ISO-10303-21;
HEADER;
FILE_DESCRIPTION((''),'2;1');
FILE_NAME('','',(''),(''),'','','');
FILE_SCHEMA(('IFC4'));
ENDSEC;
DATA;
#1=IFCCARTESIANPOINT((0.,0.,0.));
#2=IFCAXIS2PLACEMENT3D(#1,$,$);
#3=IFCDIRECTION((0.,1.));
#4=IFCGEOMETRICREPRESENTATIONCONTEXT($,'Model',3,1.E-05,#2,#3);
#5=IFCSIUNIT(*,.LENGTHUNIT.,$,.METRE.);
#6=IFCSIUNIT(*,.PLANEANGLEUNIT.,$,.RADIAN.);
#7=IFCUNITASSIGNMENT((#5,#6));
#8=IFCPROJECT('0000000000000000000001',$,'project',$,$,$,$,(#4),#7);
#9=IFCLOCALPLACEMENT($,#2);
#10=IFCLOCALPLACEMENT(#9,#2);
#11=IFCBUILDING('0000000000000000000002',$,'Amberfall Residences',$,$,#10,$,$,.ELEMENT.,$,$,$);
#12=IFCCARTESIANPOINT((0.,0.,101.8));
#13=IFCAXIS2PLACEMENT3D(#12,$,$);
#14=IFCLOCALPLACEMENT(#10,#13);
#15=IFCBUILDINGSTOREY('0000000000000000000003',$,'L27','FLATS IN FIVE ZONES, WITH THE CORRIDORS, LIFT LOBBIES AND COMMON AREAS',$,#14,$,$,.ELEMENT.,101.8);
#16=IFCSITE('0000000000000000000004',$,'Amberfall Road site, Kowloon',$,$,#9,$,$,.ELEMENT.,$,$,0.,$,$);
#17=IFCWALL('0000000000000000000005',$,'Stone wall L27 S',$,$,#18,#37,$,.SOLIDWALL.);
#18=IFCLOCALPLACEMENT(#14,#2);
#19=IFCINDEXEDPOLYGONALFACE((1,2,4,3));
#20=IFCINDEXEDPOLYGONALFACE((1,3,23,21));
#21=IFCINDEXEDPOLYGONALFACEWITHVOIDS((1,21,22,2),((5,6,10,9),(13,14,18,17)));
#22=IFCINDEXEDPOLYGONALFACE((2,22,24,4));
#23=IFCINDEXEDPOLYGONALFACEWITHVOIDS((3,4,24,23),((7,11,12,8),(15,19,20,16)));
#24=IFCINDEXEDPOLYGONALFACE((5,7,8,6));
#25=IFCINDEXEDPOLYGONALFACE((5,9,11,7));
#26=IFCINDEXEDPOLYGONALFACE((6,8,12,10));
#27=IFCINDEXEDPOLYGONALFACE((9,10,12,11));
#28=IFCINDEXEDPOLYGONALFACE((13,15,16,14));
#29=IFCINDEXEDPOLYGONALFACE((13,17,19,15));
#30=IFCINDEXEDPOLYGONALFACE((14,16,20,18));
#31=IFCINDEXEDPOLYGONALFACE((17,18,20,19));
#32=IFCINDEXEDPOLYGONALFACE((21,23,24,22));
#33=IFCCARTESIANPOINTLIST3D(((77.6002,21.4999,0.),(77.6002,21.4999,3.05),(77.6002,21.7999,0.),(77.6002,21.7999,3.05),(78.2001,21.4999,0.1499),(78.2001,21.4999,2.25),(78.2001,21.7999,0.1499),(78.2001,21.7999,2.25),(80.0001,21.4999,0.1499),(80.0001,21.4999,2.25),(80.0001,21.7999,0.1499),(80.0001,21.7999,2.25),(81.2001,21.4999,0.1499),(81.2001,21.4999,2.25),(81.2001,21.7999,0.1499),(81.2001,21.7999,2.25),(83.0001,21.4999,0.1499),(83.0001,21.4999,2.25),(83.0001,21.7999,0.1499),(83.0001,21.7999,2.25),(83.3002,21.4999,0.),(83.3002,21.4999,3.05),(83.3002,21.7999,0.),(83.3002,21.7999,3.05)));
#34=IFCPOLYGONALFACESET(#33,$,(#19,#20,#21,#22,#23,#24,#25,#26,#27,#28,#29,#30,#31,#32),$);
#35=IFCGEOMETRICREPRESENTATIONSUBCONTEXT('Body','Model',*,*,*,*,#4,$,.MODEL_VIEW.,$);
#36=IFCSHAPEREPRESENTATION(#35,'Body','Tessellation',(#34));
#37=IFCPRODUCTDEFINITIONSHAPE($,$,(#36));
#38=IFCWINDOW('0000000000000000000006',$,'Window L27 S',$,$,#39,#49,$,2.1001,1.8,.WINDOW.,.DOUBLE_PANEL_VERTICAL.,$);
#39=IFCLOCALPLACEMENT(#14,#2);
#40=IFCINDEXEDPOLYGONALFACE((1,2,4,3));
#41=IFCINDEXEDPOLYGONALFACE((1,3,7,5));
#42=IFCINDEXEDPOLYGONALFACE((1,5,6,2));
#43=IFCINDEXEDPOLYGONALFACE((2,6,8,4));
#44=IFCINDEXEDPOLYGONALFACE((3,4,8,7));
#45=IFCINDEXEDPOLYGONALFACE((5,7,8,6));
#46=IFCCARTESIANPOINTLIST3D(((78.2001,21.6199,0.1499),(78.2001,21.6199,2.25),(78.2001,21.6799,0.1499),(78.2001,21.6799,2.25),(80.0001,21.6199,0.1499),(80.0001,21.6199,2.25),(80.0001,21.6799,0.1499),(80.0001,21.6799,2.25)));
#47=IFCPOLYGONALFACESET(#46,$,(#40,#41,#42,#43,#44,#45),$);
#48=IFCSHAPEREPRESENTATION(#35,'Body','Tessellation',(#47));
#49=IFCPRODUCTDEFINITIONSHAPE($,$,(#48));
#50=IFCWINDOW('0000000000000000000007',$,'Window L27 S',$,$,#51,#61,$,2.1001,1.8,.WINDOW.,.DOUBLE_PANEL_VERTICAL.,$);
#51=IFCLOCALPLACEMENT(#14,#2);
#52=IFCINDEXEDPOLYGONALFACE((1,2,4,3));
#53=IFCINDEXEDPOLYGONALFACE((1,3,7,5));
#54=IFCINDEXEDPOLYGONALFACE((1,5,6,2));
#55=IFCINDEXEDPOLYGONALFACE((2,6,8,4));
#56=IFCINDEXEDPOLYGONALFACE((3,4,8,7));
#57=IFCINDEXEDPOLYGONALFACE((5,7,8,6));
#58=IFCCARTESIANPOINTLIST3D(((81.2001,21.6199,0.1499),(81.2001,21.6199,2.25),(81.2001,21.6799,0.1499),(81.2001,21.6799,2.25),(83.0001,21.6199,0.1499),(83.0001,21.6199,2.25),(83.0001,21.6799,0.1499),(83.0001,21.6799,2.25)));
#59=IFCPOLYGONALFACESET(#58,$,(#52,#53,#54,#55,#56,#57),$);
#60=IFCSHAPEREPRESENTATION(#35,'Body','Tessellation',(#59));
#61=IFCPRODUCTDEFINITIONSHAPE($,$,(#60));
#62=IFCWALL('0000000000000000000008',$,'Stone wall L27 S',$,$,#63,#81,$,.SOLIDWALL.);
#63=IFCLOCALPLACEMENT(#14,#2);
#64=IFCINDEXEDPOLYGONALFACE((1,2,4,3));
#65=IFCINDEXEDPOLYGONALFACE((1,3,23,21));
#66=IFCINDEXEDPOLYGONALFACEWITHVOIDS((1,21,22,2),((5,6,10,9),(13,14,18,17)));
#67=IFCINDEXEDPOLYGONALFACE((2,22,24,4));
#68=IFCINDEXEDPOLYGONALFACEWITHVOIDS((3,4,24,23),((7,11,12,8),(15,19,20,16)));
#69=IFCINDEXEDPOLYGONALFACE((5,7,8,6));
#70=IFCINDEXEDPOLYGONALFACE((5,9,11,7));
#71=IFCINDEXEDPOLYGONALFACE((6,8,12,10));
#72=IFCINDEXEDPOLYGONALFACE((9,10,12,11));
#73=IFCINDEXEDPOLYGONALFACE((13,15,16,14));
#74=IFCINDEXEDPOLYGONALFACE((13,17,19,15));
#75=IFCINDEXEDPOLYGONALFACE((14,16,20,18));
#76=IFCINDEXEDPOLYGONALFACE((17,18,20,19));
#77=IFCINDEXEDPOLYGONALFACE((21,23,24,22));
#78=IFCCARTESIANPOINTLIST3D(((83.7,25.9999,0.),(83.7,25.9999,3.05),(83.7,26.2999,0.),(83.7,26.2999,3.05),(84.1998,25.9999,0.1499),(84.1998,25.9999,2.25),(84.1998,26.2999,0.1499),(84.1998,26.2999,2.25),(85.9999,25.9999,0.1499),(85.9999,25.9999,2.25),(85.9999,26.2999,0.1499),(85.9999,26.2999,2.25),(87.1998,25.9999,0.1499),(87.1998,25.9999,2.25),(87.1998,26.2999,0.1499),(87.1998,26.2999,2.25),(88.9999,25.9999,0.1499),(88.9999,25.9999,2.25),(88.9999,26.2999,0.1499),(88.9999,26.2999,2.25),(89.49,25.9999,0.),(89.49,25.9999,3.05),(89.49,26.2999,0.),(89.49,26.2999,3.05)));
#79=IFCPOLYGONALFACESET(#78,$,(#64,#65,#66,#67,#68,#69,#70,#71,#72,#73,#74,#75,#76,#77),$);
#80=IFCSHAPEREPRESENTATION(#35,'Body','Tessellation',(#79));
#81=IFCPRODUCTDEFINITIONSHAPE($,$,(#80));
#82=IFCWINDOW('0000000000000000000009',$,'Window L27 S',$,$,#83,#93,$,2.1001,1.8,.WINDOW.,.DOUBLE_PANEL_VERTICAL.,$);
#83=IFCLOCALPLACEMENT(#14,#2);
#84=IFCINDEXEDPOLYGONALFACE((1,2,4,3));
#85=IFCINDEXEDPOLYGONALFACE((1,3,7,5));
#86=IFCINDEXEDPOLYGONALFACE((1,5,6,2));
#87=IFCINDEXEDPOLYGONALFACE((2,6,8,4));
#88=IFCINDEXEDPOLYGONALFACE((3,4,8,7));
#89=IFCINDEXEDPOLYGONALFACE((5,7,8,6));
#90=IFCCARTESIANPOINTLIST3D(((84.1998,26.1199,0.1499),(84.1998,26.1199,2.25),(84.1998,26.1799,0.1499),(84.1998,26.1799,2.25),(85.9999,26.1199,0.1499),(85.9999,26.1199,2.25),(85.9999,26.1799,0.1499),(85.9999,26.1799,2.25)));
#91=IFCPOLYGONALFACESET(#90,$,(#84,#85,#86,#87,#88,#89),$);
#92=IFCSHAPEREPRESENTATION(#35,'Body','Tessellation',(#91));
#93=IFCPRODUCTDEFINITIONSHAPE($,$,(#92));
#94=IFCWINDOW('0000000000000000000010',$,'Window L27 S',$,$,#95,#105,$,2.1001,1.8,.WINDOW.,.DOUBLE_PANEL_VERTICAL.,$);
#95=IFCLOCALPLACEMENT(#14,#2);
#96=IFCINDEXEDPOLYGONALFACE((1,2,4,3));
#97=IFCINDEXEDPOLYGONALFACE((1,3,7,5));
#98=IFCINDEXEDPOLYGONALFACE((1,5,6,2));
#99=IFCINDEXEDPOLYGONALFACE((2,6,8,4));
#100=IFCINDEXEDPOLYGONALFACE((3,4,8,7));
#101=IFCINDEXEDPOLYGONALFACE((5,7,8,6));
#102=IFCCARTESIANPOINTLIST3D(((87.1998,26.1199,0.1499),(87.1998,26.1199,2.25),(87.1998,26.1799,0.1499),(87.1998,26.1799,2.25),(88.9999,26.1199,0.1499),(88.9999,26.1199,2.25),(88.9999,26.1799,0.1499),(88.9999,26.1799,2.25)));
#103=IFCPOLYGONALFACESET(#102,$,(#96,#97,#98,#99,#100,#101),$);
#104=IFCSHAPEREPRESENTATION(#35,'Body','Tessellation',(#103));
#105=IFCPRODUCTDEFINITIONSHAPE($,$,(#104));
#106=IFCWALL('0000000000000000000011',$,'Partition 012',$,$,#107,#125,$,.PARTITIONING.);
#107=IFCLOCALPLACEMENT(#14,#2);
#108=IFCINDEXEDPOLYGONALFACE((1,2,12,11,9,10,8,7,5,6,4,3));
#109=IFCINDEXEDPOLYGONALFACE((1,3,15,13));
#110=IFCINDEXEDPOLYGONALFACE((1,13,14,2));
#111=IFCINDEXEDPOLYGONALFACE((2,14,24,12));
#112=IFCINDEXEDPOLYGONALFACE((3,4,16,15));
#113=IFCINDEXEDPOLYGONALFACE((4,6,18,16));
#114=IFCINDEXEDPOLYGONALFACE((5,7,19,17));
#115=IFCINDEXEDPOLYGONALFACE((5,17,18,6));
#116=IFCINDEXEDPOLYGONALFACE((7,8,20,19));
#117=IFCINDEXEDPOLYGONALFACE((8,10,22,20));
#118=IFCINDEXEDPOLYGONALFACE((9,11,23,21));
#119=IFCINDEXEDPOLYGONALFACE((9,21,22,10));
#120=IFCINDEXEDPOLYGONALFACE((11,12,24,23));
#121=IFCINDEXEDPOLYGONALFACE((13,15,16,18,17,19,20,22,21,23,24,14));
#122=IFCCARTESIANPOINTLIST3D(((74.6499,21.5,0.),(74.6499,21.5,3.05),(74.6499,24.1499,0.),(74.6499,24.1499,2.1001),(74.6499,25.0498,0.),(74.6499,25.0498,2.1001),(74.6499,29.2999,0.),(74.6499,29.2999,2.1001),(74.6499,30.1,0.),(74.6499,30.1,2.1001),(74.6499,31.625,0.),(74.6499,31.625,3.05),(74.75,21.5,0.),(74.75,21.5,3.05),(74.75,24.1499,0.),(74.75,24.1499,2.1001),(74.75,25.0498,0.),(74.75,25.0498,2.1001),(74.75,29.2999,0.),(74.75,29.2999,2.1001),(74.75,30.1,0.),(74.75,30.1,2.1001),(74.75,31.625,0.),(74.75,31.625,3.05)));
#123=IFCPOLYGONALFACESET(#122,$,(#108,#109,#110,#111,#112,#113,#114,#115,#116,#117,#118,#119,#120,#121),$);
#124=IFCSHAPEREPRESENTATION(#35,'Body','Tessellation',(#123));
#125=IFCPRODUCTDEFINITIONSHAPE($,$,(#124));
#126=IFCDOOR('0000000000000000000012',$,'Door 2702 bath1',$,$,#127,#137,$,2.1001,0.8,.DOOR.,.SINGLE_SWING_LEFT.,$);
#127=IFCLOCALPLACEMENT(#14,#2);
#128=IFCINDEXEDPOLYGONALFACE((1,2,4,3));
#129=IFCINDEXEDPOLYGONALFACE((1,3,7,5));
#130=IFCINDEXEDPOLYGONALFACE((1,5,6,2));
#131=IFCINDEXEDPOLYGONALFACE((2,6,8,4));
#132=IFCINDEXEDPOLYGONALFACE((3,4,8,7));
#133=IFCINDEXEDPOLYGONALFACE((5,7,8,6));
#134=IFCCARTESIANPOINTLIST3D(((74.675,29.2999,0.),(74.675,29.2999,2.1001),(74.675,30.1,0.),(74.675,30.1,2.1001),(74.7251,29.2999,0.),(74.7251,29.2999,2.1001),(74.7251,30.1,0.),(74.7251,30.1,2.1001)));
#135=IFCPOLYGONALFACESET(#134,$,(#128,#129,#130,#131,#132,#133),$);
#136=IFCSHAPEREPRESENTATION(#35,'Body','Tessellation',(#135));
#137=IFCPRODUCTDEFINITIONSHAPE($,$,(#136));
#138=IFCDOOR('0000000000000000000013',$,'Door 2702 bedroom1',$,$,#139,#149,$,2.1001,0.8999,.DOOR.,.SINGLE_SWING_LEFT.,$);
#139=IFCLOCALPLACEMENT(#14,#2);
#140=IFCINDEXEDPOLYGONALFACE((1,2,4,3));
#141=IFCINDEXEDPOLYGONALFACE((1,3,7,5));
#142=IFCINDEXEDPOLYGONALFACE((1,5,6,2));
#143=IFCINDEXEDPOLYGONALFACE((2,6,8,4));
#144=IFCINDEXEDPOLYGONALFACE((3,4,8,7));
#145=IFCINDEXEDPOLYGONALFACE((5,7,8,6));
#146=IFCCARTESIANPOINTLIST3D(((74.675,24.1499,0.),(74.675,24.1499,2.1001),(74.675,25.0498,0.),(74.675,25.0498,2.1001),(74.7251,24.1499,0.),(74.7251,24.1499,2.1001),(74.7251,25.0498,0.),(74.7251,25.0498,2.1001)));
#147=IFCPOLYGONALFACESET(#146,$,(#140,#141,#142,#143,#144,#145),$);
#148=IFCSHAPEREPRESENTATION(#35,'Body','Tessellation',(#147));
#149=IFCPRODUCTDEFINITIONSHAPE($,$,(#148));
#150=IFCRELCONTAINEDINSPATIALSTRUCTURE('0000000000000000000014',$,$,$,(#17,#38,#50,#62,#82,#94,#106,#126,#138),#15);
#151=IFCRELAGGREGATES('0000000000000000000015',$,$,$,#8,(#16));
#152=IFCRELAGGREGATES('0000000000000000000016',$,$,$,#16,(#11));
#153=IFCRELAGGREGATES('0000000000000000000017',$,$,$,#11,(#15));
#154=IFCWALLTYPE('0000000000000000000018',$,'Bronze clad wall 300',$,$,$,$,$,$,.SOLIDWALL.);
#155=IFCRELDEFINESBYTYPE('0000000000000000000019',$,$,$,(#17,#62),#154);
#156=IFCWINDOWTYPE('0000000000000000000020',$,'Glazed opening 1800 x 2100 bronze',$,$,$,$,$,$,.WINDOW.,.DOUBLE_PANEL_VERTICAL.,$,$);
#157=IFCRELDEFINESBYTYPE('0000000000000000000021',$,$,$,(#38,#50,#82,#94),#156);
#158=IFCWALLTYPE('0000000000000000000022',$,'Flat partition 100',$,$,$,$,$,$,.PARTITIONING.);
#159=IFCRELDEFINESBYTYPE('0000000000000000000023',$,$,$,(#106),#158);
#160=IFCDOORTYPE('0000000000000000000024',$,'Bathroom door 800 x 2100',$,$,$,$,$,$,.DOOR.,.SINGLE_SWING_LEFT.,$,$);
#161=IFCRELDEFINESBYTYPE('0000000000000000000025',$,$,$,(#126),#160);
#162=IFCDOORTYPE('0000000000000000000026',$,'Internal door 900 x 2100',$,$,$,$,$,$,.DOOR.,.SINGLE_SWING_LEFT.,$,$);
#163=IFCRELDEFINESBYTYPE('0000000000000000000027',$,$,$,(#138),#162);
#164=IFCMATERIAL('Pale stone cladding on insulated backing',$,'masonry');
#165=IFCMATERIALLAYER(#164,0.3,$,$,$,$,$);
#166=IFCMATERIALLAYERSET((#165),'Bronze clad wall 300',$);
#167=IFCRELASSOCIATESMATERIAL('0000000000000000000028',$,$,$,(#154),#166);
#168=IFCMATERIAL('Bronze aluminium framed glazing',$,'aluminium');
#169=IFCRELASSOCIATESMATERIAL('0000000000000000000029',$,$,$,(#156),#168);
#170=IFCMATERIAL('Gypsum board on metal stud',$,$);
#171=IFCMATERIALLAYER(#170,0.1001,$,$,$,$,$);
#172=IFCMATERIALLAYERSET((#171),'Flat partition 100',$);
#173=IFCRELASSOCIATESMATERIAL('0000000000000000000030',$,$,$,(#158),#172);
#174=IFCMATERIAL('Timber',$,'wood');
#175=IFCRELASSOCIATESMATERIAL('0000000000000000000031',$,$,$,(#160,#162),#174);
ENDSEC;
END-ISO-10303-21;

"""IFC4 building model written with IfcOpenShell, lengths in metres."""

from ifc_helpers import new_model, si_unit, direction, frame, frame_2d, origin, place, context, subcontext, project, spatial, rectangle, extrude, material, layer, layer_set, type_object, element, fill, save


model = new_model("IFC4")

# Units and contexts
model_context = context("Model", 3, precision=1e-05, world=origin(), true_north=direction((0.0, 1.0)))
body_context = subcontext(model_context, "Body", "Model", "MODEL_VIEW")
ifc_project = project(units=[si_unit("LENGTHUNIT", "METRE"), si_unit("PLANEANGLEUNIT", "RADIAN")], contexts=[model_context])

# Site, building, storey
site_placement = place(None, origin())
site = spatial("IfcSite", under=ifc_project, at=site_placement, Name="Amberfall Road site, Kowloon", CompositionType="ELEMENT", RefElevation=0.0)
building_placement = place(site_placement, origin())
building = spatial("IfcBuilding", under=site, at=building_placement, Name="Amberfall Residences", CompositionType="ELEMENT")
storey_placement = place(building_placement, frame((0.0, 0.0, 101.8)))
storey = spatial("IfcBuildingStorey", under=building, at=storey_placement, Name="L27", Description="FLATS IN FIVE ZONES, WITH THE CORRIDORS, LIFT LOBBIES AND COMMON AREAS", CompositionType="ELEMENT", Elevation=101.8)

# Shared definitions
ifc_material_1 = material(Name="Pale stone cladding on insulated backing", Category="masonry")
ifc_layer_1 = layer(ifc_material_1, 0.3)
ifc_layer_set_1 = layer_set([ifc_layer_1], Name="Bronze clad wall 300")
wall_type_1 = type_object("IfcWallType", Name="Bronze clad wall 300", PredefinedType="SOLIDWALL", material=ifc_layer_set_1)
ifc_material_2 = material(Name="Bronze aluminium framed glazing", Category="aluminium")

# Walls, openings, windows
wall_1_placement = place(storey_placement, frame((77.6001, 21.6499, 0.0), z_axis=(0.0, 0.0, 1.0), x_axis=(1.0, 0.0, 0.0)))
wall_1 = element("IfcWall", 1, at=wall_1_placement, inside=storey, type_object=wall_type_1, Name="Stone wall L27 S", PredefinedType="SOLIDWALL", context=body_context, shape_type="SweptSolid", body=[
    extrude(rectangle(XDim=5.7, YDim=0.3, at=frame_2d((2.8501, 0.0))), origin(), (0.0, 0.0, 1.0), 3.05),
])
opening_1_placement = place(wall_1_placement, frame((0.6001, 0.0, 0.1499)))
opening_1 = element("IfcOpeningElement", 2, at=opening_1_placement, cuts=wall_1, PredefinedType="OPENING", context=body_context, shape_type="SweptSolid", body=[
    extrude(rectangle(XDim=1.8, YDim=2.1001, at=frame_2d((0.8999, 1.05))), frame((0.0, 0.1599, 0.0), z_axis=(0.0, -1.0, 0.0), x_axis=(1.0, 0.0, 0.0)), (0.0, 0.0, 1.0), 0.3201),
])
opening_2_placement = place(wall_1_placement, frame((3.6001, 0.0, 0.1499)))
opening_2 = element("IfcOpeningElement", 3, at=opening_2_placement, cuts=wall_1, PredefinedType="OPENING", context=body_context, shape_type="SweptSolid", body=[
    extrude(rectangle(XDim=1.8, YDim=2.1001, at=frame_2d((0.8999, 1.05))), frame((0.0, 0.1599, 0.0), z_axis=(0.0, -1.0, 0.0), x_axis=(1.0, 0.0, 0.0)), (0.0, 0.0, 1.0), 0.3201),
])
window_type_1 = type_object("IfcWindowType", Name="Glazed opening 1800 x 2100 bronze", PartitioningType="DOUBLE_PANEL_VERTICAL", PredefinedType="WINDOW", material=ifc_material_2)
window_1_placement = place(opening_1_placement, origin())
window_1 = element("IfcWindow", 4, at=window_1_placement, inside=storey, type_object=window_type_1, Name="Window L27 S", OverallHeight=2.1001, OverallWidth=1.8, PartitioningType="DOUBLE_PANEL_VERTICAL", PredefinedType="WINDOW", context=body_context, shape_type="SweptSolid", body=[
    extrude(rectangle(XDim=1.8, YDim=2.1001, at=frame_2d((0.8999, 1.05))), frame((0.0, 0.03, 0.0), z_axis=(0.0, -1.0, 0.0), x_axis=(1.0, 0.0, 0.0)), (0.0, 0.0, 1.0), 0.0601),
])
fill(opening_1, window_1)
window_2_placement = place(opening_2_placement, origin())
window_2 = element("IfcWindow", 5, at=window_2_placement, inside=storey, type_object=window_type_1, Name="Window L27 S", OverallHeight=2.1001, OverallWidth=1.8, PartitioningType="DOUBLE_PANEL_VERTICAL", PredefinedType="WINDOW", context=body_context, shape_type="SweptSolid", body=[
    extrude(rectangle(XDim=1.8, YDim=2.1001, at=frame_2d((0.8999, 1.05))), frame((0.0, 0.03, 0.0), z_axis=(0.0, -1.0, 0.0), x_axis=(1.0, 0.0, 0.0)), (0.0, 0.0, 1.0), 0.0601),
])
fill(opening_2, window_2)
wall_2_placement = place(storey_placement, frame((83.7, 26.1499, 0.0), z_axis=(0.0, 0.0, 1.0), x_axis=(1.0, 0.0, 0.0)))
wall_2 = element("IfcWall", 6, at=wall_2_placement, inside=storey, type_object=wall_type_1, Name="Stone wall L27 S", PredefinedType="SOLIDWALL", context=body_context, shape_type="SweptSolid", body=[
    extrude(rectangle(XDim=5.79, YDim=0.3, at=frame_2d((2.895, 0.0))), origin(), (0.0, 0.0, 1.0), 3.05),
])
opening_3_placement = place(wall_2_placement, frame((0.5, 0.0, 0.1499)))
opening_3 = element("IfcOpeningElement", 7, at=opening_3_placement, cuts=wall_2, PredefinedType="OPENING", context=body_context, shape_type="SweptSolid", body=[
    extrude(rectangle(XDim=1.8, YDim=2.1001, at=frame_2d((0.8999, 1.05))), frame((0.0, 0.1599, 0.0), z_axis=(0.0, -1.0, 0.0), x_axis=(1.0, 0.0, 0.0)), (0.0, 0.0, 1.0), 0.3201),
])
opening_4_placement = place(wall_2_placement, frame((3.5, 0.0, 0.1499)))
opening_4 = element("IfcOpeningElement", 8, at=opening_4_placement, cuts=wall_2, PredefinedType="OPENING", context=body_context, shape_type="SweptSolid", body=[
    extrude(rectangle(XDim=1.8, YDim=2.1001, at=frame_2d((0.8999, 1.05))), frame((0.0, 0.1599, 0.0), z_axis=(0.0, -1.0, 0.0), x_axis=(1.0, 0.0, 0.0)), (0.0, 0.0, 1.0), 0.3201),
])
window_3_placement = place(opening_3_placement, origin())
window_3 = element("IfcWindow", 9, at=window_3_placement, inside=storey, type_object=window_type_1, Name="Window L27 S", OverallHeight=2.1001, OverallWidth=1.8, PartitioningType="DOUBLE_PANEL_VERTICAL", PredefinedType="WINDOW", context=body_context, shape_type="SweptSolid", body=[
    extrude(rectangle(XDim=1.8, YDim=2.1001, at=frame_2d((0.8999, 1.05))), frame((0.0, 0.03, 0.0), z_axis=(0.0, -1.0, 0.0), x_axis=(1.0, 0.0, 0.0)), (0.0, 0.0, 1.0), 0.0601),
])
fill(opening_3, window_3)
window_4_placement = place(opening_4_placement, origin())
window_4 = element("IfcWindow", 10, at=window_4_placement, inside=storey, type_object=window_type_1, Name="Window L27 S", OverallHeight=2.1001, OverallWidth=1.8, PartitioningType="DOUBLE_PANEL_VERTICAL", PredefinedType="WINDOW", context=body_context, shape_type="SweptSolid", body=[
    extrude(rectangle(XDim=1.8, YDim=2.1001, at=frame_2d((0.8999, 1.05))), frame((0.0, 0.03, 0.0), z_axis=(0.0, -1.0, 0.0), x_axis=(1.0, 0.0, 0.0)), (0.0, 0.0, 1.0), 0.0601),
])
fill(opening_4, window_4)

# Wall, openings, doors
ifc_material_3 = material(Name="Gypsum board on metal stud")
ifc_layer_2 = layer(ifc_material_3, 0.1001)
ifc_layer_set_2 = layer_set([ifc_layer_2], Name="Flat partition 100")
wall_type_2 = type_object("IfcWallType", Name="Flat partition 100", PredefinedType="PARTITIONING", material=ifc_layer_set_2)
wall_3_placement = place(storey_placement, frame((74.7, 21.5, 0.0), z_axis=(0.0, 0.0, 1.0), x_axis=(0.0, 1.0, 0.0)))
wall_3 = element("IfcWall", 11, at=wall_3_placement, inside=storey, type_object=wall_type_2, Name="Partition 012", PredefinedType="PARTITIONING", context=body_context, shape_type="SweptSolid", body=[
    extrude(rectangle(XDim=10.125, YDim=0.1001, at=frame_2d((5.0625, 0.0))), origin(), (0.0, 0.0, 1.0), 3.05),
])
opening_5_placement = place(wall_3_placement, frame((2.6499, 0.0, 0.0)))
opening_5 = element("IfcOpeningElement", 12, at=opening_5_placement, cuts=wall_3, PredefinedType="OPENING", context=body_context, shape_type="SweptSolid", body=[
    extrude(rectangle(XDim=0.8999, YDim=2.1001, at=frame_2d((0.45, 1.05))), frame((0.0, 0.0601, 0.0), z_axis=(0.0, -1.0, 0.0), x_axis=(1.0, 0.0, 0.0)), (0.0, 0.0, 1.0), 0.1201),
])
opening_6_placement = place(wall_3_placement, frame((7.8, 0.0, 0.0)))
opening_6 = element("IfcOpeningElement", 13, at=opening_6_placement, cuts=wall_3, PredefinedType="OPENING", context=body_context, shape_type="SweptSolid", body=[
    extrude(rectangle(XDim=0.8, YDim=2.1001, at=frame_2d((0.3999, 1.05))), frame((0.0, 0.0601, 0.0), z_axis=(0.0, -1.0, 0.0), x_axis=(1.0, 0.0, 0.0)), (0.0, 0.0, 1.0), 0.1201),
])
ifc_material_4 = material(Name="Timber", Category="wood")
door_type_1 = type_object("IfcDoorType", Name="Bathroom door 800 x 2100", OperationType="SINGLE_SWING_LEFT", PredefinedType="DOOR", material=ifc_material_4)
door_1_placement = place(opening_6_placement, origin())
door_1 = element("IfcDoor", 14, at=door_1_placement, inside=storey, type_object=door_type_1, Name="Door 2702 bath1", OperationType="SINGLE_SWING_LEFT", OverallHeight=2.1001, OverallWidth=0.8, PredefinedType="DOOR", context=body_context, shape_type="SweptSolid", body=[
    extrude(rectangle(XDim=0.8, YDim=2.1001, at=frame_2d((0.3999, 1.05))), frame((0.0, 0.0249, 0.0), z_axis=(0.0, -1.0, 0.0), x_axis=(1.0, 0.0, 0.0)), (0.0, 0.0, 1.0), 0.05),
])
fill(opening_6, door_1)
door_type_2 = type_object("IfcDoorType", Name="Internal door 900 x 2100", OperationType="SINGLE_SWING_LEFT", PredefinedType="DOOR", material=ifc_material_4)
door_2_placement = place(opening_5_placement, origin())
door_2 = element("IfcDoor", 15, at=door_2_placement, inside=storey, type_object=door_type_2, Name="Door 2702 bedroom1", OperationType="SINGLE_SWING_LEFT", OverallHeight=2.1001, OverallWidth=0.8999, PredefinedType="DOOR", context=body_context, shape_type="SweptSolid", body=[
    extrude(rectangle(XDim=0.8999, YDim=2.1001, at=frame_2d((0.45, 1.05))), frame((0.0, 0.0249, 0.0), z_axis=(0.0, -1.0, 0.0), x_axis=(1.0, 0.0, 0.0)), (0.0, 0.0, 1.0), 0.05),
])
fill(opening_5, door_2)

save(model, "model.ifc")
